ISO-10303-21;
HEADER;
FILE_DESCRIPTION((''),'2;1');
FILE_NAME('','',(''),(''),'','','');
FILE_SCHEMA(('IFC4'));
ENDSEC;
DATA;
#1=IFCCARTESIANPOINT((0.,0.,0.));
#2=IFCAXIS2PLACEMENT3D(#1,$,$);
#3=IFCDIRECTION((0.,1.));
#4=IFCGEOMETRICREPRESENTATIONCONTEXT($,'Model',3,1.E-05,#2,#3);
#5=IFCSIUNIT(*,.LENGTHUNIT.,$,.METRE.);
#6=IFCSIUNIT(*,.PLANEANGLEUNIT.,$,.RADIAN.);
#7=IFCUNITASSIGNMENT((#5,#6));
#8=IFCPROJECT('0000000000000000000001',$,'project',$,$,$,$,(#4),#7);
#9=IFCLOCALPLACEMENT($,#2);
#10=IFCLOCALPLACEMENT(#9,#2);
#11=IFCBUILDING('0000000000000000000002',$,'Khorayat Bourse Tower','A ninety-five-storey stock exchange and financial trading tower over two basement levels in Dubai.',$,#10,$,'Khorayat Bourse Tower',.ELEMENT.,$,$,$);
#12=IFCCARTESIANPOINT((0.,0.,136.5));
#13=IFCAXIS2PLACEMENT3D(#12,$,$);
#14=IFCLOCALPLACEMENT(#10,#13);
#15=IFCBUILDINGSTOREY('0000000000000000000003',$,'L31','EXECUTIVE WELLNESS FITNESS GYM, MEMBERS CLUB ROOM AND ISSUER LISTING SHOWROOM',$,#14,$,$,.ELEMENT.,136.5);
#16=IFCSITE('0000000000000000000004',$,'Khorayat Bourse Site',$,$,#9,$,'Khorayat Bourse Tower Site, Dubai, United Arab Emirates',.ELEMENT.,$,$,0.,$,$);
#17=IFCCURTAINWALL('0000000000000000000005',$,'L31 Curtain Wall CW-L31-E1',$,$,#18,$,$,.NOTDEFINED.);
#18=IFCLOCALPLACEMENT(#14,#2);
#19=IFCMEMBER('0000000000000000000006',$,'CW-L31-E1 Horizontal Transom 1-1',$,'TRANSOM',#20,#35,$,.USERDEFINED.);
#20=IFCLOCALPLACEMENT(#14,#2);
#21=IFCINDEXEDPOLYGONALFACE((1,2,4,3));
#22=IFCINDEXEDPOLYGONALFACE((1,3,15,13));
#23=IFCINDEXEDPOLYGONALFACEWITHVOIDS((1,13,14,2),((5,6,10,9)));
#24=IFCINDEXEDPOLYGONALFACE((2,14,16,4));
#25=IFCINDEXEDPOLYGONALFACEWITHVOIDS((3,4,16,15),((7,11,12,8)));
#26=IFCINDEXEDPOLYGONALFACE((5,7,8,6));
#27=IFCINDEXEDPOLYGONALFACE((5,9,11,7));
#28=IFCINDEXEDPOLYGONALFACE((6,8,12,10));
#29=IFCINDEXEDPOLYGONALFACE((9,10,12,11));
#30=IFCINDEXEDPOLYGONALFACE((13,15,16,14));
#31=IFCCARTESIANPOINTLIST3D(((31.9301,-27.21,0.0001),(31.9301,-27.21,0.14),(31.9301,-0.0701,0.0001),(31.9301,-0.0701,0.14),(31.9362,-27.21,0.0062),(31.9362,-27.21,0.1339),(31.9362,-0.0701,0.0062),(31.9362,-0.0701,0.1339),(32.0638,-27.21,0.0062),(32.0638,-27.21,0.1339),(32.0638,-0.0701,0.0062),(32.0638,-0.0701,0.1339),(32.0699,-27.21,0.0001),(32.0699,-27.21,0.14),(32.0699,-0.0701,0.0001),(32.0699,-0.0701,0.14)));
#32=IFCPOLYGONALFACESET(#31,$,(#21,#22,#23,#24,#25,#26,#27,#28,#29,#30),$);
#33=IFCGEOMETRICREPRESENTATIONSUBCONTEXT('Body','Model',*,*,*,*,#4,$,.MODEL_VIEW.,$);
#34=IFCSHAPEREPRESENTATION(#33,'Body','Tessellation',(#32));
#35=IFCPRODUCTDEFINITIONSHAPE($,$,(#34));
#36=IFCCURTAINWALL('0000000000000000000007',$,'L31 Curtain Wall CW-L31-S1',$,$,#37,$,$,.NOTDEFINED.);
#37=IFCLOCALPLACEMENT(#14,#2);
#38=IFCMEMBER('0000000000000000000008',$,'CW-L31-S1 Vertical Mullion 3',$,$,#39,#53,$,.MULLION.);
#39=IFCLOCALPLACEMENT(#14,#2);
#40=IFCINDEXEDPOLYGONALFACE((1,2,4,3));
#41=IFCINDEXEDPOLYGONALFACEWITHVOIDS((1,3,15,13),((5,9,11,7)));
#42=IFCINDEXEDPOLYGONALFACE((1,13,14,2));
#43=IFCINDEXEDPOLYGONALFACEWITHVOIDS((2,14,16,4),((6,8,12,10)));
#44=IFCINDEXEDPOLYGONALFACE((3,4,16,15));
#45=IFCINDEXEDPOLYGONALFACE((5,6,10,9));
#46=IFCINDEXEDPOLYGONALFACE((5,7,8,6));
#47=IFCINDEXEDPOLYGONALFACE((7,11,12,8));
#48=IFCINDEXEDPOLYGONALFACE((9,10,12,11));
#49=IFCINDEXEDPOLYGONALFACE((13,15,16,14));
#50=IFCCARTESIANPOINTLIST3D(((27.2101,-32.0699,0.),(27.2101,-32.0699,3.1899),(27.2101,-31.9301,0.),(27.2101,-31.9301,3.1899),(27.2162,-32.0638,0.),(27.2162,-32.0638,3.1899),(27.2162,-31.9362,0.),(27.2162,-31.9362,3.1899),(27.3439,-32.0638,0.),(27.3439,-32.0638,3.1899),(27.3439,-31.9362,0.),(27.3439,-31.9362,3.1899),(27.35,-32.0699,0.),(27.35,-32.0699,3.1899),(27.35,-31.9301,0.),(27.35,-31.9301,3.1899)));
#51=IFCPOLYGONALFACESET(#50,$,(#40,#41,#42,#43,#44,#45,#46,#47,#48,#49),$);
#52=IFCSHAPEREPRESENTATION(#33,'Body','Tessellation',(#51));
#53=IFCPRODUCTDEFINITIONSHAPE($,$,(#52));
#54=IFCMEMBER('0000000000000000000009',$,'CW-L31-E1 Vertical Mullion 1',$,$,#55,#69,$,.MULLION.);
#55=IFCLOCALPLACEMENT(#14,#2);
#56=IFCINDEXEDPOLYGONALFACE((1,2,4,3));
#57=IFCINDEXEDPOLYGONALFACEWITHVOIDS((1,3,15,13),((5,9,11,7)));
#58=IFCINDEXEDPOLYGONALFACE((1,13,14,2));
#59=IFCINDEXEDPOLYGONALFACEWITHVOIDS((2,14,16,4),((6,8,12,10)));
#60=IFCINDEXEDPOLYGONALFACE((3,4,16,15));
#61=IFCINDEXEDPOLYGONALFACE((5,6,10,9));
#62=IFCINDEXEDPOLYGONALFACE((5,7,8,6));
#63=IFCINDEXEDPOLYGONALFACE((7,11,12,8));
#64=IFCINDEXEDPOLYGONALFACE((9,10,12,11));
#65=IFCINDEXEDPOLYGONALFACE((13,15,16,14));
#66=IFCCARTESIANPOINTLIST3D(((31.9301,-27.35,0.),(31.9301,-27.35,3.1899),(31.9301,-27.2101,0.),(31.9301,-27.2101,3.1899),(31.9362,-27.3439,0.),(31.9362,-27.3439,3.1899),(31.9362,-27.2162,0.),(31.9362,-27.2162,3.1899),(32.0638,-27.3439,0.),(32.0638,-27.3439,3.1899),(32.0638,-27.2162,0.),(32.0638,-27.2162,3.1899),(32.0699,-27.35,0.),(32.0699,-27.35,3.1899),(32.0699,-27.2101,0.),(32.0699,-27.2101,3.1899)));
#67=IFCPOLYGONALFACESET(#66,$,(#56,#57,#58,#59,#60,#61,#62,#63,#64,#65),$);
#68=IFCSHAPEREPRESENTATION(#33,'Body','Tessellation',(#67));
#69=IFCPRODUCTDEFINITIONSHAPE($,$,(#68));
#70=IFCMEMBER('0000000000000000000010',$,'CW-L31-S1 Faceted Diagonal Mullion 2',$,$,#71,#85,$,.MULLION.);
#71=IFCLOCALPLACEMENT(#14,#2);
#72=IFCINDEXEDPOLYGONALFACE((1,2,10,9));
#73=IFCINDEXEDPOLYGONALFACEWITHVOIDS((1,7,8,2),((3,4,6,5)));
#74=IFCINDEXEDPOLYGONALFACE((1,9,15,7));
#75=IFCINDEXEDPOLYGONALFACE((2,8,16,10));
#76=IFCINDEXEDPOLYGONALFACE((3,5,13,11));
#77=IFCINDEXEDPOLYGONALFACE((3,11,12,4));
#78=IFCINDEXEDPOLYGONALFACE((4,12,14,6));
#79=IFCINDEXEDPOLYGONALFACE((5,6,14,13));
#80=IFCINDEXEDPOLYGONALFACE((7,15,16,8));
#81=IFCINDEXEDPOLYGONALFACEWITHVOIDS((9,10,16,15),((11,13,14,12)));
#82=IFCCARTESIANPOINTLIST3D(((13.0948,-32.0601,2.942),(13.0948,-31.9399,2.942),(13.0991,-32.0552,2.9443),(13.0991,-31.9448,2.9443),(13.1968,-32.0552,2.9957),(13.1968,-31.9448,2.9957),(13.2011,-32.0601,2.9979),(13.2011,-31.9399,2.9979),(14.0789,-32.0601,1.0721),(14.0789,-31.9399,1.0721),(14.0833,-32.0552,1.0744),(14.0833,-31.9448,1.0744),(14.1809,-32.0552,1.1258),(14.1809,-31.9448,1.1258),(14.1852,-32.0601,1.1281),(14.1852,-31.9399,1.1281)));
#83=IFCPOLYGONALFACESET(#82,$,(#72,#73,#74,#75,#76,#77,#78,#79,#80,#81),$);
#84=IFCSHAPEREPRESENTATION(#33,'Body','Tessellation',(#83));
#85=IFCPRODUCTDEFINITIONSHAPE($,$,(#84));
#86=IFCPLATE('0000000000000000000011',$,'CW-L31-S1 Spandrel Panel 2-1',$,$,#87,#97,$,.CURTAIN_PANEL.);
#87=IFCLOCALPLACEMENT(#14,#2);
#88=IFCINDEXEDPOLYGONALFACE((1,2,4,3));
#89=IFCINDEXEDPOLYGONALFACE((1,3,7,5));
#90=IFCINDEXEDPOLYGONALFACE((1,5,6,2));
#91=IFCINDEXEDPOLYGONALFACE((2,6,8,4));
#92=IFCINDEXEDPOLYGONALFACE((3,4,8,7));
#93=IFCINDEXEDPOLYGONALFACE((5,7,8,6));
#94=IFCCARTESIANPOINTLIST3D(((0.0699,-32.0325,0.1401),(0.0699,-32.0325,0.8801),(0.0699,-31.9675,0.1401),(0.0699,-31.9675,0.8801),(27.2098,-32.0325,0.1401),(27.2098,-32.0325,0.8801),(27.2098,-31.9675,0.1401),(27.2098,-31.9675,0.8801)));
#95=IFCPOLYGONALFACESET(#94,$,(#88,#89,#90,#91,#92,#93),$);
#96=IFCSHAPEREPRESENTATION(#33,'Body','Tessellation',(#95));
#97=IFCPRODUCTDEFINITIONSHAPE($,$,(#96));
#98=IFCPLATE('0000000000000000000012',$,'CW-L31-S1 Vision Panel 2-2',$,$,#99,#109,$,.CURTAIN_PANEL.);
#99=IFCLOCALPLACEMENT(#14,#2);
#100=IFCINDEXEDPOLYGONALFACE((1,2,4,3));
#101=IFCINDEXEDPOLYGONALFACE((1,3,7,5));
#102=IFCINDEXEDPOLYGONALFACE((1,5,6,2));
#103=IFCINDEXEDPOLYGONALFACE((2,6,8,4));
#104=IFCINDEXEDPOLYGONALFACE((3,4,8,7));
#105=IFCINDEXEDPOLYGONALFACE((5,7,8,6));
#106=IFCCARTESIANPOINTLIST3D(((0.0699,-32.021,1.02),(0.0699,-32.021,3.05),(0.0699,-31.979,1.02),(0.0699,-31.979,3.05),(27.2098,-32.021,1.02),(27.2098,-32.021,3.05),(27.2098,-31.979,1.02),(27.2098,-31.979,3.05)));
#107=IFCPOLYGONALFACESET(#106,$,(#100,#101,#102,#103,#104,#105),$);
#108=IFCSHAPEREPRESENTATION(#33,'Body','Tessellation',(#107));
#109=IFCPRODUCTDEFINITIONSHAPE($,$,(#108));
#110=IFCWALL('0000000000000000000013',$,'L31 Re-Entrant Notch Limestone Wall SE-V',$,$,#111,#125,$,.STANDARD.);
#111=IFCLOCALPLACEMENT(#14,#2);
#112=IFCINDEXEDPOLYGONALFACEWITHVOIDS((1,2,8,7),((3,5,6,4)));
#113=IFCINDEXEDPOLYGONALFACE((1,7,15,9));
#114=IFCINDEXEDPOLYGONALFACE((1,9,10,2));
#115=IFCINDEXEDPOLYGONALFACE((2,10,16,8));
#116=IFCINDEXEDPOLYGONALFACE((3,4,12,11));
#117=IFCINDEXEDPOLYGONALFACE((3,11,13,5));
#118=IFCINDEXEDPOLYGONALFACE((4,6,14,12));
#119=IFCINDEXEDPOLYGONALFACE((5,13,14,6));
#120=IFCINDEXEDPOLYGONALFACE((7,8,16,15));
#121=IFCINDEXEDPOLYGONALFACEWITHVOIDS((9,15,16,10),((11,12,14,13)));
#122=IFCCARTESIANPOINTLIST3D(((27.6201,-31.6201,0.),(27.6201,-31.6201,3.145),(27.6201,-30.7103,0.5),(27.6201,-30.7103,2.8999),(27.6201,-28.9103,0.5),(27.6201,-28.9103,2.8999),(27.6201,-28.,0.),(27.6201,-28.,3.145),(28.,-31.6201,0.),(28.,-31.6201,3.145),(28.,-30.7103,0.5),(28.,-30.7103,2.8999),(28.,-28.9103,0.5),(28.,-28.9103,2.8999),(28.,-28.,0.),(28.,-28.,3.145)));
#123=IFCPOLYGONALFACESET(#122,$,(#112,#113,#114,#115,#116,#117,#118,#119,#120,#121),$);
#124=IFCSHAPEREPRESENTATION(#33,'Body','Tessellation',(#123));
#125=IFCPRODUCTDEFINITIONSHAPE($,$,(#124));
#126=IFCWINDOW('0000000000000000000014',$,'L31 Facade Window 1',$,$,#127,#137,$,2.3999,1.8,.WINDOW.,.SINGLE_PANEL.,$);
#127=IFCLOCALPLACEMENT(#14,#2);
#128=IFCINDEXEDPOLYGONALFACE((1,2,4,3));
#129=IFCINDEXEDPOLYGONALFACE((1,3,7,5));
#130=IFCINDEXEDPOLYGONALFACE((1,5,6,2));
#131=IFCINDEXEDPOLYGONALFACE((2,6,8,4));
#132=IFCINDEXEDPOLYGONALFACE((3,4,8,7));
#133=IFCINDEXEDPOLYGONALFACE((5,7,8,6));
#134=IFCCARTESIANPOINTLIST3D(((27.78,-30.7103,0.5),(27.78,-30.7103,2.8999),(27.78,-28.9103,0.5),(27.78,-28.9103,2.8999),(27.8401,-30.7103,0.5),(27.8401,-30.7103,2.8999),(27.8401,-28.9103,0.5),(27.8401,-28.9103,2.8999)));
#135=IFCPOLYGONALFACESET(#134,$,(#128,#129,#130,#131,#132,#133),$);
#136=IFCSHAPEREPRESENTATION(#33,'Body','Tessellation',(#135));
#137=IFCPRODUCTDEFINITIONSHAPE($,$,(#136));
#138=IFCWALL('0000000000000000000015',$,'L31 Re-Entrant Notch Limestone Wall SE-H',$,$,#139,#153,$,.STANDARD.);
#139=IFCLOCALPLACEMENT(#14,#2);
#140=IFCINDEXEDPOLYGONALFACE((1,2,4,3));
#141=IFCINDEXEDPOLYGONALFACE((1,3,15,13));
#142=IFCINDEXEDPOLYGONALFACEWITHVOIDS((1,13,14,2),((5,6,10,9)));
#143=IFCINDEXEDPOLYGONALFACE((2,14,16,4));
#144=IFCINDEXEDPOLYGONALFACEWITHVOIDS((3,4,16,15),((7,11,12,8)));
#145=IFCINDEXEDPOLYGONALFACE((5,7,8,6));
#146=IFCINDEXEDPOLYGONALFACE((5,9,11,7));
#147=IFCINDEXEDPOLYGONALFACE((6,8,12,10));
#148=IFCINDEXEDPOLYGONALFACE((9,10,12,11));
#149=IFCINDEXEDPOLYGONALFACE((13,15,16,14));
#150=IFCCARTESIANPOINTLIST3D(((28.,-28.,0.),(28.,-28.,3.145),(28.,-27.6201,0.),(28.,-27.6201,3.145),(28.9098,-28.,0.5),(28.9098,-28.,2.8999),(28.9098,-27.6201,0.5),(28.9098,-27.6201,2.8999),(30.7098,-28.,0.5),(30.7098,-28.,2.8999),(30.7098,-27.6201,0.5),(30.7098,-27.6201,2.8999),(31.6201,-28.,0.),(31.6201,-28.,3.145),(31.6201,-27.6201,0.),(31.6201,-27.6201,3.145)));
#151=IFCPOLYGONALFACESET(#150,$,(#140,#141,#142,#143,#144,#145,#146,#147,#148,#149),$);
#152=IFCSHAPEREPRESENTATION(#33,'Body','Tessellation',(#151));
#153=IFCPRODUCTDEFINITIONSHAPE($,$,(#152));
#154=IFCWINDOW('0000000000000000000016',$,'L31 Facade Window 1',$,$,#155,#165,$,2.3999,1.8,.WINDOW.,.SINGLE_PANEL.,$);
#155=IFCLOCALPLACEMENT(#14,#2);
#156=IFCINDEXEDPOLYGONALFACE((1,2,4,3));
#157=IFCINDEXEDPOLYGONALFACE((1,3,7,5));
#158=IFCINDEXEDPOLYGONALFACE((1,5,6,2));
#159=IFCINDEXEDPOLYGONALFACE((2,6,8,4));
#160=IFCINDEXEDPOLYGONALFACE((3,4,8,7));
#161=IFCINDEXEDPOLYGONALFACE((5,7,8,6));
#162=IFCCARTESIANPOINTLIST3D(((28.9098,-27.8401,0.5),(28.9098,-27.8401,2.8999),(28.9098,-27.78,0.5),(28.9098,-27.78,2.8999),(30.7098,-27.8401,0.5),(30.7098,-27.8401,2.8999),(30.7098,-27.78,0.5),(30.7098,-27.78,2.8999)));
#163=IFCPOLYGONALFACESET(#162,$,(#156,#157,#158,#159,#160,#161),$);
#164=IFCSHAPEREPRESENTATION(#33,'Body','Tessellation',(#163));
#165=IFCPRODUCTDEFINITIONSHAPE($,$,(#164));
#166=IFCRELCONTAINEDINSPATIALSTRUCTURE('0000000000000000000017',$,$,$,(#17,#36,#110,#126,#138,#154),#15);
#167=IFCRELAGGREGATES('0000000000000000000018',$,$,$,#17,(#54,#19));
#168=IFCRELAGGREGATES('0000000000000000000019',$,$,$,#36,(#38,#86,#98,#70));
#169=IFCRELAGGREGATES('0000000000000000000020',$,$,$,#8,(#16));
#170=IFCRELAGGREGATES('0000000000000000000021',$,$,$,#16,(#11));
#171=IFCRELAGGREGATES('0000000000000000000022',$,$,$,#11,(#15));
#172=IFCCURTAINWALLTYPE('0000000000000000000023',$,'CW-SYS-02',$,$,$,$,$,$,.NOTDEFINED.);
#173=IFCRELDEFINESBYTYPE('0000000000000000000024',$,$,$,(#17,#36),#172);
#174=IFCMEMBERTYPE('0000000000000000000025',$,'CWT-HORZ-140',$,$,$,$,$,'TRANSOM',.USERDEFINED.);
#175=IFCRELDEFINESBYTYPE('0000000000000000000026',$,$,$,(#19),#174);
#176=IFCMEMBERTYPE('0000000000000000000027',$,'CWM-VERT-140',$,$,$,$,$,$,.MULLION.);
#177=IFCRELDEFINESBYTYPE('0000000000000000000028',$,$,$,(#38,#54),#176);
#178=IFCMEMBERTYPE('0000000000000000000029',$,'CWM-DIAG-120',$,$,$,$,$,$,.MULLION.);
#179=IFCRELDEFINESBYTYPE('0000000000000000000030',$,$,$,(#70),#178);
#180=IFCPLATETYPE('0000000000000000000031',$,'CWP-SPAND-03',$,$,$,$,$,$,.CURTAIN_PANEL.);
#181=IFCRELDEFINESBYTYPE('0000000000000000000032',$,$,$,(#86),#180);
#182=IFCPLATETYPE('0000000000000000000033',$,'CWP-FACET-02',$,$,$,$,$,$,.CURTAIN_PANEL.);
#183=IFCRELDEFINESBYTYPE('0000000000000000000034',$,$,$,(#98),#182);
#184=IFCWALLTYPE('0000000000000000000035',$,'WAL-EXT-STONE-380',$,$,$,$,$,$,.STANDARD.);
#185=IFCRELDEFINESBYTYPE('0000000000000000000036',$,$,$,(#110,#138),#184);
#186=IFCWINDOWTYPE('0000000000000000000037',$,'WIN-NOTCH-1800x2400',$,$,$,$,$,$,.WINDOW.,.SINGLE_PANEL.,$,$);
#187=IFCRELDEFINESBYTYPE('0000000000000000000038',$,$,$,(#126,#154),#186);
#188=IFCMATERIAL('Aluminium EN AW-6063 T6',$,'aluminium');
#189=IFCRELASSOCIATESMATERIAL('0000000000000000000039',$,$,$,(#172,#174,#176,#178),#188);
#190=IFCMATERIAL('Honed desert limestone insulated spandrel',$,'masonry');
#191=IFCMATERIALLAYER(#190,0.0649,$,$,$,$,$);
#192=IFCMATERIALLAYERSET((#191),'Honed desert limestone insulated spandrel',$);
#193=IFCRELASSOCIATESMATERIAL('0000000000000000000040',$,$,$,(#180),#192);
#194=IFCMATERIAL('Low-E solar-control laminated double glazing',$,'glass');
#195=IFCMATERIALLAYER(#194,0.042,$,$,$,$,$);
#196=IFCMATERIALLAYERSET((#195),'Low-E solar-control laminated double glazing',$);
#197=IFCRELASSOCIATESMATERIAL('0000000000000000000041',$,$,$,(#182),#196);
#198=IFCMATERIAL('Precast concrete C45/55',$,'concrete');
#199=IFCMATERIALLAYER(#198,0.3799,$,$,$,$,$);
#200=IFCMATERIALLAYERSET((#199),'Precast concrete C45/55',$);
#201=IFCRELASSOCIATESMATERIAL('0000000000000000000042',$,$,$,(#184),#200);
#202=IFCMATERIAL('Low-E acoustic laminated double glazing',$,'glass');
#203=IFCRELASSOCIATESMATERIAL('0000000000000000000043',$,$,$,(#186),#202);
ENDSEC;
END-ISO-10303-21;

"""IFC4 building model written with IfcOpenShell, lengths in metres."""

from ifc_helpers import new_model, si_unit, direction, frame, frame_2d, origin, origin_2d, place, context, subcontext, project, spatial, rectangle, hollow_rectangle, extrude, source, transform, mapped, material, layer, layer_set, material_profile, profile_set, type_object, element, fill, aggregate, save


model = new_model("IFC4")

# Units and contexts
model_context = context("Model", 3, precision=1e-05, world=origin(), true_north=direction((0.0, 1.0)))
body_context = subcontext(model_context, "Body", "Model", "MODEL_VIEW")
ifc_project = project(units=[si_unit("LENGTHUNIT", "METRE"), si_unit("PLANEANGLEUNIT", "RADIAN")], contexts=[model_context])

# Site, building, storey
site_placement = place(None, origin())
site = spatial("IfcSite", under=ifc_project, at=site_placement, Name="Khorayat Bourse Site", LongName="Khorayat Bourse Tower Site, Dubai, United Arab Emirates", CompositionType="ELEMENT", RefElevation=0.0)
building_placement = place(site_placement, origin())
building = spatial("IfcBuilding", under=site, at=building_placement, Name="Khorayat Bourse Tower", Description="A ninety-five-storey stock exchange and financial trading tower over two basement levels in Dubai.", LongName="Khorayat Bourse Tower", CompositionType="ELEMENT")
storey_placement = place(building_placement, frame((0.0, 0.0, 136.5)))
storey = spatial("IfcBuildingStorey", under=building, at=storey_placement, Name="L31", Description="EXECUTIVE WELLNESS FITNESS GYM, MEMBERS CLUB ROOM AND ISSUER LISTING SHOWROOM", CompositionType="ELEMENT", Elevation=136.5)

# Curtain walls, members
ifc_material_1 = material(Name="Aluminium EN AW-6063 T6", Category="aluminium")
curtain_wall_type = type_object("IfcCurtainWallType", Name="CW-SYS-02", PredefinedType="NOTDEFINED", material=ifc_material_1)
curtain_wall_1_placement = place(storey_placement, origin())
curtain_wall_1 = element("IfcCurtainWall", 1, at=curtain_wall_1_placement, inside=storey, type_object=curtain_wall_type, Name="L31 Curtain Wall CW-L31-E1", PredefinedType="NOTDEFINED")
ifc_material_profile_1 = material_profile(ifc_material_1, hollow_rectangle(XDim=0.1399, YDim=0.1399, WallThickness=0.0061, at=origin_2d()), Name="ALU 140x140x6")
ifc_profile_set_1 = profile_set([ifc_material_profile_1], Name="Aluminium EN AW-6063 T6")
member_type_1 = type_object("IfcMemberType", Name="CWT-HORZ-140", ElementType="TRANSOM", PredefinedType="USERDEFINED", material=ifc_profile_set_1)
shared_shape_1 = source(origin(), body_context, "Body", "SweptSolid", [
    extrude(hollow_rectangle(XDim=0.1399, YDim=0.1399, WallThickness=0.0061, at=origin_2d()), origin(), (0.0, 0.0, 1.0), 27.1399),
])
member_1_placement = place(storey_placement, frame((32.0, -27.21, 0.0701), z_axis=(0.0, 1.0, 0.0), x_axis=(-1.0, 0.0, 0.0)))
member_1 = element("IfcMember", 2, at=member_1_placement, type_object=member_type_1, Name="CW-L31-E1 Horizontal Transom 1-1", ObjectType="TRANSOM", PredefinedType="USERDEFINED", context=body_context, shape_type="MappedRepresentation", body=[
    mapped(shared_shape_1, transform((0.0, 0.0, 0.0), scale=1.0)),
])
curtain_wall_2_placement = place(storey_placement, origin())
curtain_wall_2 = element("IfcCurtainWall", 3, at=curtain_wall_2_placement, inside=storey, type_object=curtain_wall_type, Name="L31 Curtain Wall CW-L31-S1", PredefinedType="NOTDEFINED")
ifc_material_profile_2 = material_profile(ifc_material_1, hollow_rectangle(XDim=0.1399, YDim=0.1399, WallThickness=0.0061, at=origin_2d()), Name="ALU 140x140x6")
ifc_profile_set_2 = profile_set([ifc_material_profile_2], Name="Aluminium EN AW-6063 T6")
member_type_2 = type_object("IfcMemberType", Name="CWM-VERT-140", PredefinedType="MULLION", material=ifc_profile_set_2)
shared_shape_2 = source(origin(), body_context, "Body", "SweptSolid", [
    extrude(hollow_rectangle(XDim=0.1399, YDim=0.1399, WallThickness=0.0061, at=origin_2d()), origin(), (0.0, 0.0, 1.0), 3.1899),
])
member_2_placement = place(storey_placement, frame((27.28, -32.0, 0.0), z_axis=(0.0, 0.0, 1.0), x_axis=(0.0, 1.0, 0.0)))
member_2 = element("IfcMember", 4, at=member_2_placement, type_object=member_type_2, Name="CW-L31-S1 Vertical Mullion 3", PredefinedType="MULLION", context=body_context, shape_type="MappedRepresentation", body=[
    mapped(shared_shape_2, transform((0.0, 0.0, 0.0), scale=1.0)),
])

# Members
member_3_placement = place(storey_placement, frame((32.0, -27.28, 0.0), z_axis=(0.0, 0.0, 1.0), x_axis=(-1.0, 0.0, 0.0)))
member_3 = element("IfcMember", 5, at=member_3_placement, type_object=member_type_2, Name="CW-L31-E1 Vertical Mullion 1", PredefinedType="MULLION", context=body_context, shape_type="MappedRepresentation", body=[
    mapped(shared_shape_2, transform((0.0, 0.0, 0.0), scale=1.0)),
])
aggregate(curtain_wall_1, [member_3, member_1])
ifc_material_profile_3 = material_profile(ifc_material_1, hollow_rectangle(XDim=0.1201, YDim=0.1201, WallThickness=0.0049, at=origin_2d()), Name="ALU 120x120x5")
ifc_profile_set_3 = profile_set([ifc_material_profile_3], Name="Aluminium EN AW-6063 T6")
member_type_3 = type_object("IfcMemberType", Name="CWM-DIAG-120", PredefinedType="MULLION", material=ifc_profile_set_3)
shared_shape_3 = source(origin(), body_context, "Body", "SweptSolid", [
    extrude(hollow_rectangle(XDim=0.1201, YDim=0.1201, WallThickness=0.0049, at=origin_2d()), origin(), (0.0, 0.0, 1.0), 2.113),
])
member_4_placement = place(storey_placement, frame((14.1321, -32.0, 1.1001), z_axis=(-0.465742, 0.0, 0.884921), x_axis=(0.0, -1.0, 0.0)))
member_4 = element("IfcMember", 6, at=member_4_placement, type_object=member_type_3, Name="CW-L31-S1 Faceted Diagonal Mullion 2", PredefinedType="MULLION", context=body_context, shape_type="MappedRepresentation", body=[
    mapped(shared_shape_3, transform((0.0, 0.0, 0.0), scale=1.0)),
])

# Plates
ifc_material_2 = material(Name="Honed desert limestone insulated spandrel", Category="masonry")
ifc_layer_1 = layer(ifc_material_2, 0.0649)
ifc_layer_set_1 = layer_set([ifc_layer_1], Name="Honed desert limestone insulated spandrel")
plate_type_1 = type_object("IfcPlateType", Name="CWP-SPAND-03", PredefinedType="CURTAIN_PANEL", material=ifc_layer_set_1)
shared_shape_4 = source(origin(), body_context, "Body", "SweptSolid", [
    extrude(rectangle(XDim=27.1399, YDim=0.0649, at=origin_2d()), origin(), (0.0, 0.0, 1.0), 0.74),
])
plate_1_placement = place(storey_placement, frame((13.6399, -32.0, 0.1401), z_axis=(0.0, 0.0, 1.0), x_axis=(1.0, 0.0, 0.0)))
plate_1 = element("IfcPlate", 7, at=plate_1_placement, type_object=plate_type_1, Name="CW-L31-S1 Spandrel Panel 2-1", PredefinedType="CURTAIN_PANEL", context=body_context, shape_type="MappedRepresentation", body=[
    mapped(shared_shape_4, transform((0.0, 0.0, 0.0), scale=1.0)),
])
ifc_material_3 = material(Name="Low-E solar-control laminated double glazing", Category="glass")
ifc_layer_2 = layer(ifc_material_3, 0.042)
ifc_layer_set_2 = layer_set([ifc_layer_2], Name="Low-E solar-control laminated double glazing")
plate_type_2 = type_object("IfcPlateType", Name="CWP-FACET-02", PredefinedType="CURTAIN_PANEL", material=ifc_layer_set_2)
shared_shape_5 = source(origin(), body_context, "Body", "SweptSolid", [
    extrude(rectangle(XDim=27.1399, YDim=0.042, at=origin_2d()), origin(), (0.0, 0.0, 1.0), 2.03),
])
plate_2_placement = place(storey_placement, frame((13.6399, -32.0, 1.02), z_axis=(0.0, 0.0, 1.0), x_axis=(1.0, 0.0, 0.0)))
plate_2 = element("IfcPlate", 8, at=plate_2_placement, type_object=plate_type_2, Name="CW-L31-S1 Vision Panel 2-2", PredefinedType="CURTAIN_PANEL", context=body_context, shape_type="MappedRepresentation", body=[
    mapped(shared_shape_5, transform((0.0, 0.0, 0.0), scale=1.0)),
])
aggregate(curtain_wall_2, [member_2, plate_1, plate_2, member_4])

# Walls, openings, windows
ifc_material_4 = material(Name="Precast concrete C45/55", Category="concrete")
ifc_layer_3 = layer(ifc_material_4, 0.3799)
ifc_layer_set_3 = layer_set([ifc_layer_3], Name="Precast concrete C45/55")
wall_type_1 = type_object("IfcWallType", Name="WAL-EXT-STONE-380", PredefinedType="STANDARD", material=ifc_layer_set_3)
shared_shape_6 = source(origin(), body_context, "Body", "SweptSolid", [
    extrude(rectangle(XDim=3.6201, YDim=0.3799, at=frame_2d((1.8101, 0.0))), origin(), (0.0, 0.0, 1.0), 3.145),
])
wall_1_placement = place(storey_placement, frame((27.8101, -31.6201, 0.0), z_axis=(0.0, 0.0, 1.0), x_axis=(0.0, 1.0, 0.0)))
wall_1 = element("IfcWall", 9, at=wall_1_placement, inside=storey, type_object=wall_type_1, Name="L31 Re-Entrant Notch Limestone Wall SE-V", PredefinedType="STANDARD", context=body_context, shape_type="MappedRepresentation", body=[
    mapped(shared_shape_6, transform((0.0, 0.0, 0.0), scale=1.0)),
])
shared_shape_7 = source(origin(), body_context, "Body", "SweptSolid", [
    extrude(rectangle(XDim=1.8, YDim=2.3999, at=frame_2d((0.8999, 1.2))), frame((0.0, 0.2, 0.0), z_axis=(0.0, -1.0, 0.0), x_axis=(1.0, 0.0, 0.0)), (0.0, 0.0, 1.0), 0.3999),
])
opening_1_placement = place(wall_1_placement, frame((0.9099, 0.0, 0.5)))
opening_1 = element("IfcOpeningElement", 10, at=opening_1_placement, cuts=wall_1, PredefinedType="OPENING", context=body_context, shape_type="MappedRepresentation", body=[
    mapped(shared_shape_7, transform((0.0, 0.0, 0.0), scale=1.0)),
])
ifc_material_5 = material(Name="Low-E acoustic laminated double glazing", Category="glass")
window_type = type_object("IfcWindowType", Name="WIN-NOTCH-1800x2400", PartitioningType="SINGLE_PANEL", PredefinedType="WINDOW", material=ifc_material_5)
shared_shape_8 = source(origin(), body_context, "Body", "SweptSolid", [
    extrude(rectangle(XDim=1.8, YDim=2.3999, at=frame_2d((0.8999, 1.2))), frame((0.0, 0.03, 0.0), z_axis=(0.0, -1.0, 0.0), x_axis=(1.0, 0.0, 0.0)), (0.0, 0.0, 1.0), 0.0601),
])
window_1_placement = place(opening_1_placement, origin())
window_1 = element("IfcWindow", 11, at=window_1_placement, inside=storey, type_object=window_type, Name="L31 Facade Window 1", OverallHeight=2.3999, OverallWidth=1.8, PartitioningType="SINGLE_PANEL", PredefinedType="WINDOW", context=body_context, shape_type="MappedRepresentation", body=[
    mapped(shared_shape_8, transform((0.0, 0.0, 0.0), scale=1.0)),
])
fill(opening_1, window_1)
wall_2_placement = place(storey_placement, frame((28.0, -27.8101, 0.0), z_axis=(0.0, 0.0, 1.0), x_axis=(1.0, 0.0, 0.0)))
wall_2 = element("IfcWall", 12, at=wall_2_placement, inside=storey, type_object=wall_type_1, Name="L31 Re-Entrant Notch Limestone Wall SE-H", PredefinedType="STANDARD", context=body_context, shape_type="MappedRepresentation", body=[
    mapped(shared_shape_6, transform((0.0, 0.0, 0.0), scale=1.0)),
])
opening_2_placement = place(wall_2_placement, frame((0.9099, 0.0, 0.5)))
opening_2 = element("IfcOpeningElement", 13, at=opening_2_placement, cuts=wall_2, PredefinedType="OPENING", context=body_context, shape_type="MappedRepresentation", body=[
    mapped(shared_shape_7, transform((0.0, 0.0, 0.0), scale=1.0)),
])
window_2_placement = place(opening_2_placement, origin())
window_2 = element("IfcWindow", 14, at=window_2_placement, inside=storey, type_object=window_type, Name="L31 Facade Window 1", OverallHeight=2.3999, OverallWidth=1.8, PartitioningType="SINGLE_PANEL", PredefinedType="WINDOW", context=body_context, shape_type="MappedRepresentation", body=[
    mapped(shared_shape_8, transform((0.0, 0.0, 0.0), scale=1.0)),
])
fill(opening_2, window_2)

save(model, "model.ifc")
